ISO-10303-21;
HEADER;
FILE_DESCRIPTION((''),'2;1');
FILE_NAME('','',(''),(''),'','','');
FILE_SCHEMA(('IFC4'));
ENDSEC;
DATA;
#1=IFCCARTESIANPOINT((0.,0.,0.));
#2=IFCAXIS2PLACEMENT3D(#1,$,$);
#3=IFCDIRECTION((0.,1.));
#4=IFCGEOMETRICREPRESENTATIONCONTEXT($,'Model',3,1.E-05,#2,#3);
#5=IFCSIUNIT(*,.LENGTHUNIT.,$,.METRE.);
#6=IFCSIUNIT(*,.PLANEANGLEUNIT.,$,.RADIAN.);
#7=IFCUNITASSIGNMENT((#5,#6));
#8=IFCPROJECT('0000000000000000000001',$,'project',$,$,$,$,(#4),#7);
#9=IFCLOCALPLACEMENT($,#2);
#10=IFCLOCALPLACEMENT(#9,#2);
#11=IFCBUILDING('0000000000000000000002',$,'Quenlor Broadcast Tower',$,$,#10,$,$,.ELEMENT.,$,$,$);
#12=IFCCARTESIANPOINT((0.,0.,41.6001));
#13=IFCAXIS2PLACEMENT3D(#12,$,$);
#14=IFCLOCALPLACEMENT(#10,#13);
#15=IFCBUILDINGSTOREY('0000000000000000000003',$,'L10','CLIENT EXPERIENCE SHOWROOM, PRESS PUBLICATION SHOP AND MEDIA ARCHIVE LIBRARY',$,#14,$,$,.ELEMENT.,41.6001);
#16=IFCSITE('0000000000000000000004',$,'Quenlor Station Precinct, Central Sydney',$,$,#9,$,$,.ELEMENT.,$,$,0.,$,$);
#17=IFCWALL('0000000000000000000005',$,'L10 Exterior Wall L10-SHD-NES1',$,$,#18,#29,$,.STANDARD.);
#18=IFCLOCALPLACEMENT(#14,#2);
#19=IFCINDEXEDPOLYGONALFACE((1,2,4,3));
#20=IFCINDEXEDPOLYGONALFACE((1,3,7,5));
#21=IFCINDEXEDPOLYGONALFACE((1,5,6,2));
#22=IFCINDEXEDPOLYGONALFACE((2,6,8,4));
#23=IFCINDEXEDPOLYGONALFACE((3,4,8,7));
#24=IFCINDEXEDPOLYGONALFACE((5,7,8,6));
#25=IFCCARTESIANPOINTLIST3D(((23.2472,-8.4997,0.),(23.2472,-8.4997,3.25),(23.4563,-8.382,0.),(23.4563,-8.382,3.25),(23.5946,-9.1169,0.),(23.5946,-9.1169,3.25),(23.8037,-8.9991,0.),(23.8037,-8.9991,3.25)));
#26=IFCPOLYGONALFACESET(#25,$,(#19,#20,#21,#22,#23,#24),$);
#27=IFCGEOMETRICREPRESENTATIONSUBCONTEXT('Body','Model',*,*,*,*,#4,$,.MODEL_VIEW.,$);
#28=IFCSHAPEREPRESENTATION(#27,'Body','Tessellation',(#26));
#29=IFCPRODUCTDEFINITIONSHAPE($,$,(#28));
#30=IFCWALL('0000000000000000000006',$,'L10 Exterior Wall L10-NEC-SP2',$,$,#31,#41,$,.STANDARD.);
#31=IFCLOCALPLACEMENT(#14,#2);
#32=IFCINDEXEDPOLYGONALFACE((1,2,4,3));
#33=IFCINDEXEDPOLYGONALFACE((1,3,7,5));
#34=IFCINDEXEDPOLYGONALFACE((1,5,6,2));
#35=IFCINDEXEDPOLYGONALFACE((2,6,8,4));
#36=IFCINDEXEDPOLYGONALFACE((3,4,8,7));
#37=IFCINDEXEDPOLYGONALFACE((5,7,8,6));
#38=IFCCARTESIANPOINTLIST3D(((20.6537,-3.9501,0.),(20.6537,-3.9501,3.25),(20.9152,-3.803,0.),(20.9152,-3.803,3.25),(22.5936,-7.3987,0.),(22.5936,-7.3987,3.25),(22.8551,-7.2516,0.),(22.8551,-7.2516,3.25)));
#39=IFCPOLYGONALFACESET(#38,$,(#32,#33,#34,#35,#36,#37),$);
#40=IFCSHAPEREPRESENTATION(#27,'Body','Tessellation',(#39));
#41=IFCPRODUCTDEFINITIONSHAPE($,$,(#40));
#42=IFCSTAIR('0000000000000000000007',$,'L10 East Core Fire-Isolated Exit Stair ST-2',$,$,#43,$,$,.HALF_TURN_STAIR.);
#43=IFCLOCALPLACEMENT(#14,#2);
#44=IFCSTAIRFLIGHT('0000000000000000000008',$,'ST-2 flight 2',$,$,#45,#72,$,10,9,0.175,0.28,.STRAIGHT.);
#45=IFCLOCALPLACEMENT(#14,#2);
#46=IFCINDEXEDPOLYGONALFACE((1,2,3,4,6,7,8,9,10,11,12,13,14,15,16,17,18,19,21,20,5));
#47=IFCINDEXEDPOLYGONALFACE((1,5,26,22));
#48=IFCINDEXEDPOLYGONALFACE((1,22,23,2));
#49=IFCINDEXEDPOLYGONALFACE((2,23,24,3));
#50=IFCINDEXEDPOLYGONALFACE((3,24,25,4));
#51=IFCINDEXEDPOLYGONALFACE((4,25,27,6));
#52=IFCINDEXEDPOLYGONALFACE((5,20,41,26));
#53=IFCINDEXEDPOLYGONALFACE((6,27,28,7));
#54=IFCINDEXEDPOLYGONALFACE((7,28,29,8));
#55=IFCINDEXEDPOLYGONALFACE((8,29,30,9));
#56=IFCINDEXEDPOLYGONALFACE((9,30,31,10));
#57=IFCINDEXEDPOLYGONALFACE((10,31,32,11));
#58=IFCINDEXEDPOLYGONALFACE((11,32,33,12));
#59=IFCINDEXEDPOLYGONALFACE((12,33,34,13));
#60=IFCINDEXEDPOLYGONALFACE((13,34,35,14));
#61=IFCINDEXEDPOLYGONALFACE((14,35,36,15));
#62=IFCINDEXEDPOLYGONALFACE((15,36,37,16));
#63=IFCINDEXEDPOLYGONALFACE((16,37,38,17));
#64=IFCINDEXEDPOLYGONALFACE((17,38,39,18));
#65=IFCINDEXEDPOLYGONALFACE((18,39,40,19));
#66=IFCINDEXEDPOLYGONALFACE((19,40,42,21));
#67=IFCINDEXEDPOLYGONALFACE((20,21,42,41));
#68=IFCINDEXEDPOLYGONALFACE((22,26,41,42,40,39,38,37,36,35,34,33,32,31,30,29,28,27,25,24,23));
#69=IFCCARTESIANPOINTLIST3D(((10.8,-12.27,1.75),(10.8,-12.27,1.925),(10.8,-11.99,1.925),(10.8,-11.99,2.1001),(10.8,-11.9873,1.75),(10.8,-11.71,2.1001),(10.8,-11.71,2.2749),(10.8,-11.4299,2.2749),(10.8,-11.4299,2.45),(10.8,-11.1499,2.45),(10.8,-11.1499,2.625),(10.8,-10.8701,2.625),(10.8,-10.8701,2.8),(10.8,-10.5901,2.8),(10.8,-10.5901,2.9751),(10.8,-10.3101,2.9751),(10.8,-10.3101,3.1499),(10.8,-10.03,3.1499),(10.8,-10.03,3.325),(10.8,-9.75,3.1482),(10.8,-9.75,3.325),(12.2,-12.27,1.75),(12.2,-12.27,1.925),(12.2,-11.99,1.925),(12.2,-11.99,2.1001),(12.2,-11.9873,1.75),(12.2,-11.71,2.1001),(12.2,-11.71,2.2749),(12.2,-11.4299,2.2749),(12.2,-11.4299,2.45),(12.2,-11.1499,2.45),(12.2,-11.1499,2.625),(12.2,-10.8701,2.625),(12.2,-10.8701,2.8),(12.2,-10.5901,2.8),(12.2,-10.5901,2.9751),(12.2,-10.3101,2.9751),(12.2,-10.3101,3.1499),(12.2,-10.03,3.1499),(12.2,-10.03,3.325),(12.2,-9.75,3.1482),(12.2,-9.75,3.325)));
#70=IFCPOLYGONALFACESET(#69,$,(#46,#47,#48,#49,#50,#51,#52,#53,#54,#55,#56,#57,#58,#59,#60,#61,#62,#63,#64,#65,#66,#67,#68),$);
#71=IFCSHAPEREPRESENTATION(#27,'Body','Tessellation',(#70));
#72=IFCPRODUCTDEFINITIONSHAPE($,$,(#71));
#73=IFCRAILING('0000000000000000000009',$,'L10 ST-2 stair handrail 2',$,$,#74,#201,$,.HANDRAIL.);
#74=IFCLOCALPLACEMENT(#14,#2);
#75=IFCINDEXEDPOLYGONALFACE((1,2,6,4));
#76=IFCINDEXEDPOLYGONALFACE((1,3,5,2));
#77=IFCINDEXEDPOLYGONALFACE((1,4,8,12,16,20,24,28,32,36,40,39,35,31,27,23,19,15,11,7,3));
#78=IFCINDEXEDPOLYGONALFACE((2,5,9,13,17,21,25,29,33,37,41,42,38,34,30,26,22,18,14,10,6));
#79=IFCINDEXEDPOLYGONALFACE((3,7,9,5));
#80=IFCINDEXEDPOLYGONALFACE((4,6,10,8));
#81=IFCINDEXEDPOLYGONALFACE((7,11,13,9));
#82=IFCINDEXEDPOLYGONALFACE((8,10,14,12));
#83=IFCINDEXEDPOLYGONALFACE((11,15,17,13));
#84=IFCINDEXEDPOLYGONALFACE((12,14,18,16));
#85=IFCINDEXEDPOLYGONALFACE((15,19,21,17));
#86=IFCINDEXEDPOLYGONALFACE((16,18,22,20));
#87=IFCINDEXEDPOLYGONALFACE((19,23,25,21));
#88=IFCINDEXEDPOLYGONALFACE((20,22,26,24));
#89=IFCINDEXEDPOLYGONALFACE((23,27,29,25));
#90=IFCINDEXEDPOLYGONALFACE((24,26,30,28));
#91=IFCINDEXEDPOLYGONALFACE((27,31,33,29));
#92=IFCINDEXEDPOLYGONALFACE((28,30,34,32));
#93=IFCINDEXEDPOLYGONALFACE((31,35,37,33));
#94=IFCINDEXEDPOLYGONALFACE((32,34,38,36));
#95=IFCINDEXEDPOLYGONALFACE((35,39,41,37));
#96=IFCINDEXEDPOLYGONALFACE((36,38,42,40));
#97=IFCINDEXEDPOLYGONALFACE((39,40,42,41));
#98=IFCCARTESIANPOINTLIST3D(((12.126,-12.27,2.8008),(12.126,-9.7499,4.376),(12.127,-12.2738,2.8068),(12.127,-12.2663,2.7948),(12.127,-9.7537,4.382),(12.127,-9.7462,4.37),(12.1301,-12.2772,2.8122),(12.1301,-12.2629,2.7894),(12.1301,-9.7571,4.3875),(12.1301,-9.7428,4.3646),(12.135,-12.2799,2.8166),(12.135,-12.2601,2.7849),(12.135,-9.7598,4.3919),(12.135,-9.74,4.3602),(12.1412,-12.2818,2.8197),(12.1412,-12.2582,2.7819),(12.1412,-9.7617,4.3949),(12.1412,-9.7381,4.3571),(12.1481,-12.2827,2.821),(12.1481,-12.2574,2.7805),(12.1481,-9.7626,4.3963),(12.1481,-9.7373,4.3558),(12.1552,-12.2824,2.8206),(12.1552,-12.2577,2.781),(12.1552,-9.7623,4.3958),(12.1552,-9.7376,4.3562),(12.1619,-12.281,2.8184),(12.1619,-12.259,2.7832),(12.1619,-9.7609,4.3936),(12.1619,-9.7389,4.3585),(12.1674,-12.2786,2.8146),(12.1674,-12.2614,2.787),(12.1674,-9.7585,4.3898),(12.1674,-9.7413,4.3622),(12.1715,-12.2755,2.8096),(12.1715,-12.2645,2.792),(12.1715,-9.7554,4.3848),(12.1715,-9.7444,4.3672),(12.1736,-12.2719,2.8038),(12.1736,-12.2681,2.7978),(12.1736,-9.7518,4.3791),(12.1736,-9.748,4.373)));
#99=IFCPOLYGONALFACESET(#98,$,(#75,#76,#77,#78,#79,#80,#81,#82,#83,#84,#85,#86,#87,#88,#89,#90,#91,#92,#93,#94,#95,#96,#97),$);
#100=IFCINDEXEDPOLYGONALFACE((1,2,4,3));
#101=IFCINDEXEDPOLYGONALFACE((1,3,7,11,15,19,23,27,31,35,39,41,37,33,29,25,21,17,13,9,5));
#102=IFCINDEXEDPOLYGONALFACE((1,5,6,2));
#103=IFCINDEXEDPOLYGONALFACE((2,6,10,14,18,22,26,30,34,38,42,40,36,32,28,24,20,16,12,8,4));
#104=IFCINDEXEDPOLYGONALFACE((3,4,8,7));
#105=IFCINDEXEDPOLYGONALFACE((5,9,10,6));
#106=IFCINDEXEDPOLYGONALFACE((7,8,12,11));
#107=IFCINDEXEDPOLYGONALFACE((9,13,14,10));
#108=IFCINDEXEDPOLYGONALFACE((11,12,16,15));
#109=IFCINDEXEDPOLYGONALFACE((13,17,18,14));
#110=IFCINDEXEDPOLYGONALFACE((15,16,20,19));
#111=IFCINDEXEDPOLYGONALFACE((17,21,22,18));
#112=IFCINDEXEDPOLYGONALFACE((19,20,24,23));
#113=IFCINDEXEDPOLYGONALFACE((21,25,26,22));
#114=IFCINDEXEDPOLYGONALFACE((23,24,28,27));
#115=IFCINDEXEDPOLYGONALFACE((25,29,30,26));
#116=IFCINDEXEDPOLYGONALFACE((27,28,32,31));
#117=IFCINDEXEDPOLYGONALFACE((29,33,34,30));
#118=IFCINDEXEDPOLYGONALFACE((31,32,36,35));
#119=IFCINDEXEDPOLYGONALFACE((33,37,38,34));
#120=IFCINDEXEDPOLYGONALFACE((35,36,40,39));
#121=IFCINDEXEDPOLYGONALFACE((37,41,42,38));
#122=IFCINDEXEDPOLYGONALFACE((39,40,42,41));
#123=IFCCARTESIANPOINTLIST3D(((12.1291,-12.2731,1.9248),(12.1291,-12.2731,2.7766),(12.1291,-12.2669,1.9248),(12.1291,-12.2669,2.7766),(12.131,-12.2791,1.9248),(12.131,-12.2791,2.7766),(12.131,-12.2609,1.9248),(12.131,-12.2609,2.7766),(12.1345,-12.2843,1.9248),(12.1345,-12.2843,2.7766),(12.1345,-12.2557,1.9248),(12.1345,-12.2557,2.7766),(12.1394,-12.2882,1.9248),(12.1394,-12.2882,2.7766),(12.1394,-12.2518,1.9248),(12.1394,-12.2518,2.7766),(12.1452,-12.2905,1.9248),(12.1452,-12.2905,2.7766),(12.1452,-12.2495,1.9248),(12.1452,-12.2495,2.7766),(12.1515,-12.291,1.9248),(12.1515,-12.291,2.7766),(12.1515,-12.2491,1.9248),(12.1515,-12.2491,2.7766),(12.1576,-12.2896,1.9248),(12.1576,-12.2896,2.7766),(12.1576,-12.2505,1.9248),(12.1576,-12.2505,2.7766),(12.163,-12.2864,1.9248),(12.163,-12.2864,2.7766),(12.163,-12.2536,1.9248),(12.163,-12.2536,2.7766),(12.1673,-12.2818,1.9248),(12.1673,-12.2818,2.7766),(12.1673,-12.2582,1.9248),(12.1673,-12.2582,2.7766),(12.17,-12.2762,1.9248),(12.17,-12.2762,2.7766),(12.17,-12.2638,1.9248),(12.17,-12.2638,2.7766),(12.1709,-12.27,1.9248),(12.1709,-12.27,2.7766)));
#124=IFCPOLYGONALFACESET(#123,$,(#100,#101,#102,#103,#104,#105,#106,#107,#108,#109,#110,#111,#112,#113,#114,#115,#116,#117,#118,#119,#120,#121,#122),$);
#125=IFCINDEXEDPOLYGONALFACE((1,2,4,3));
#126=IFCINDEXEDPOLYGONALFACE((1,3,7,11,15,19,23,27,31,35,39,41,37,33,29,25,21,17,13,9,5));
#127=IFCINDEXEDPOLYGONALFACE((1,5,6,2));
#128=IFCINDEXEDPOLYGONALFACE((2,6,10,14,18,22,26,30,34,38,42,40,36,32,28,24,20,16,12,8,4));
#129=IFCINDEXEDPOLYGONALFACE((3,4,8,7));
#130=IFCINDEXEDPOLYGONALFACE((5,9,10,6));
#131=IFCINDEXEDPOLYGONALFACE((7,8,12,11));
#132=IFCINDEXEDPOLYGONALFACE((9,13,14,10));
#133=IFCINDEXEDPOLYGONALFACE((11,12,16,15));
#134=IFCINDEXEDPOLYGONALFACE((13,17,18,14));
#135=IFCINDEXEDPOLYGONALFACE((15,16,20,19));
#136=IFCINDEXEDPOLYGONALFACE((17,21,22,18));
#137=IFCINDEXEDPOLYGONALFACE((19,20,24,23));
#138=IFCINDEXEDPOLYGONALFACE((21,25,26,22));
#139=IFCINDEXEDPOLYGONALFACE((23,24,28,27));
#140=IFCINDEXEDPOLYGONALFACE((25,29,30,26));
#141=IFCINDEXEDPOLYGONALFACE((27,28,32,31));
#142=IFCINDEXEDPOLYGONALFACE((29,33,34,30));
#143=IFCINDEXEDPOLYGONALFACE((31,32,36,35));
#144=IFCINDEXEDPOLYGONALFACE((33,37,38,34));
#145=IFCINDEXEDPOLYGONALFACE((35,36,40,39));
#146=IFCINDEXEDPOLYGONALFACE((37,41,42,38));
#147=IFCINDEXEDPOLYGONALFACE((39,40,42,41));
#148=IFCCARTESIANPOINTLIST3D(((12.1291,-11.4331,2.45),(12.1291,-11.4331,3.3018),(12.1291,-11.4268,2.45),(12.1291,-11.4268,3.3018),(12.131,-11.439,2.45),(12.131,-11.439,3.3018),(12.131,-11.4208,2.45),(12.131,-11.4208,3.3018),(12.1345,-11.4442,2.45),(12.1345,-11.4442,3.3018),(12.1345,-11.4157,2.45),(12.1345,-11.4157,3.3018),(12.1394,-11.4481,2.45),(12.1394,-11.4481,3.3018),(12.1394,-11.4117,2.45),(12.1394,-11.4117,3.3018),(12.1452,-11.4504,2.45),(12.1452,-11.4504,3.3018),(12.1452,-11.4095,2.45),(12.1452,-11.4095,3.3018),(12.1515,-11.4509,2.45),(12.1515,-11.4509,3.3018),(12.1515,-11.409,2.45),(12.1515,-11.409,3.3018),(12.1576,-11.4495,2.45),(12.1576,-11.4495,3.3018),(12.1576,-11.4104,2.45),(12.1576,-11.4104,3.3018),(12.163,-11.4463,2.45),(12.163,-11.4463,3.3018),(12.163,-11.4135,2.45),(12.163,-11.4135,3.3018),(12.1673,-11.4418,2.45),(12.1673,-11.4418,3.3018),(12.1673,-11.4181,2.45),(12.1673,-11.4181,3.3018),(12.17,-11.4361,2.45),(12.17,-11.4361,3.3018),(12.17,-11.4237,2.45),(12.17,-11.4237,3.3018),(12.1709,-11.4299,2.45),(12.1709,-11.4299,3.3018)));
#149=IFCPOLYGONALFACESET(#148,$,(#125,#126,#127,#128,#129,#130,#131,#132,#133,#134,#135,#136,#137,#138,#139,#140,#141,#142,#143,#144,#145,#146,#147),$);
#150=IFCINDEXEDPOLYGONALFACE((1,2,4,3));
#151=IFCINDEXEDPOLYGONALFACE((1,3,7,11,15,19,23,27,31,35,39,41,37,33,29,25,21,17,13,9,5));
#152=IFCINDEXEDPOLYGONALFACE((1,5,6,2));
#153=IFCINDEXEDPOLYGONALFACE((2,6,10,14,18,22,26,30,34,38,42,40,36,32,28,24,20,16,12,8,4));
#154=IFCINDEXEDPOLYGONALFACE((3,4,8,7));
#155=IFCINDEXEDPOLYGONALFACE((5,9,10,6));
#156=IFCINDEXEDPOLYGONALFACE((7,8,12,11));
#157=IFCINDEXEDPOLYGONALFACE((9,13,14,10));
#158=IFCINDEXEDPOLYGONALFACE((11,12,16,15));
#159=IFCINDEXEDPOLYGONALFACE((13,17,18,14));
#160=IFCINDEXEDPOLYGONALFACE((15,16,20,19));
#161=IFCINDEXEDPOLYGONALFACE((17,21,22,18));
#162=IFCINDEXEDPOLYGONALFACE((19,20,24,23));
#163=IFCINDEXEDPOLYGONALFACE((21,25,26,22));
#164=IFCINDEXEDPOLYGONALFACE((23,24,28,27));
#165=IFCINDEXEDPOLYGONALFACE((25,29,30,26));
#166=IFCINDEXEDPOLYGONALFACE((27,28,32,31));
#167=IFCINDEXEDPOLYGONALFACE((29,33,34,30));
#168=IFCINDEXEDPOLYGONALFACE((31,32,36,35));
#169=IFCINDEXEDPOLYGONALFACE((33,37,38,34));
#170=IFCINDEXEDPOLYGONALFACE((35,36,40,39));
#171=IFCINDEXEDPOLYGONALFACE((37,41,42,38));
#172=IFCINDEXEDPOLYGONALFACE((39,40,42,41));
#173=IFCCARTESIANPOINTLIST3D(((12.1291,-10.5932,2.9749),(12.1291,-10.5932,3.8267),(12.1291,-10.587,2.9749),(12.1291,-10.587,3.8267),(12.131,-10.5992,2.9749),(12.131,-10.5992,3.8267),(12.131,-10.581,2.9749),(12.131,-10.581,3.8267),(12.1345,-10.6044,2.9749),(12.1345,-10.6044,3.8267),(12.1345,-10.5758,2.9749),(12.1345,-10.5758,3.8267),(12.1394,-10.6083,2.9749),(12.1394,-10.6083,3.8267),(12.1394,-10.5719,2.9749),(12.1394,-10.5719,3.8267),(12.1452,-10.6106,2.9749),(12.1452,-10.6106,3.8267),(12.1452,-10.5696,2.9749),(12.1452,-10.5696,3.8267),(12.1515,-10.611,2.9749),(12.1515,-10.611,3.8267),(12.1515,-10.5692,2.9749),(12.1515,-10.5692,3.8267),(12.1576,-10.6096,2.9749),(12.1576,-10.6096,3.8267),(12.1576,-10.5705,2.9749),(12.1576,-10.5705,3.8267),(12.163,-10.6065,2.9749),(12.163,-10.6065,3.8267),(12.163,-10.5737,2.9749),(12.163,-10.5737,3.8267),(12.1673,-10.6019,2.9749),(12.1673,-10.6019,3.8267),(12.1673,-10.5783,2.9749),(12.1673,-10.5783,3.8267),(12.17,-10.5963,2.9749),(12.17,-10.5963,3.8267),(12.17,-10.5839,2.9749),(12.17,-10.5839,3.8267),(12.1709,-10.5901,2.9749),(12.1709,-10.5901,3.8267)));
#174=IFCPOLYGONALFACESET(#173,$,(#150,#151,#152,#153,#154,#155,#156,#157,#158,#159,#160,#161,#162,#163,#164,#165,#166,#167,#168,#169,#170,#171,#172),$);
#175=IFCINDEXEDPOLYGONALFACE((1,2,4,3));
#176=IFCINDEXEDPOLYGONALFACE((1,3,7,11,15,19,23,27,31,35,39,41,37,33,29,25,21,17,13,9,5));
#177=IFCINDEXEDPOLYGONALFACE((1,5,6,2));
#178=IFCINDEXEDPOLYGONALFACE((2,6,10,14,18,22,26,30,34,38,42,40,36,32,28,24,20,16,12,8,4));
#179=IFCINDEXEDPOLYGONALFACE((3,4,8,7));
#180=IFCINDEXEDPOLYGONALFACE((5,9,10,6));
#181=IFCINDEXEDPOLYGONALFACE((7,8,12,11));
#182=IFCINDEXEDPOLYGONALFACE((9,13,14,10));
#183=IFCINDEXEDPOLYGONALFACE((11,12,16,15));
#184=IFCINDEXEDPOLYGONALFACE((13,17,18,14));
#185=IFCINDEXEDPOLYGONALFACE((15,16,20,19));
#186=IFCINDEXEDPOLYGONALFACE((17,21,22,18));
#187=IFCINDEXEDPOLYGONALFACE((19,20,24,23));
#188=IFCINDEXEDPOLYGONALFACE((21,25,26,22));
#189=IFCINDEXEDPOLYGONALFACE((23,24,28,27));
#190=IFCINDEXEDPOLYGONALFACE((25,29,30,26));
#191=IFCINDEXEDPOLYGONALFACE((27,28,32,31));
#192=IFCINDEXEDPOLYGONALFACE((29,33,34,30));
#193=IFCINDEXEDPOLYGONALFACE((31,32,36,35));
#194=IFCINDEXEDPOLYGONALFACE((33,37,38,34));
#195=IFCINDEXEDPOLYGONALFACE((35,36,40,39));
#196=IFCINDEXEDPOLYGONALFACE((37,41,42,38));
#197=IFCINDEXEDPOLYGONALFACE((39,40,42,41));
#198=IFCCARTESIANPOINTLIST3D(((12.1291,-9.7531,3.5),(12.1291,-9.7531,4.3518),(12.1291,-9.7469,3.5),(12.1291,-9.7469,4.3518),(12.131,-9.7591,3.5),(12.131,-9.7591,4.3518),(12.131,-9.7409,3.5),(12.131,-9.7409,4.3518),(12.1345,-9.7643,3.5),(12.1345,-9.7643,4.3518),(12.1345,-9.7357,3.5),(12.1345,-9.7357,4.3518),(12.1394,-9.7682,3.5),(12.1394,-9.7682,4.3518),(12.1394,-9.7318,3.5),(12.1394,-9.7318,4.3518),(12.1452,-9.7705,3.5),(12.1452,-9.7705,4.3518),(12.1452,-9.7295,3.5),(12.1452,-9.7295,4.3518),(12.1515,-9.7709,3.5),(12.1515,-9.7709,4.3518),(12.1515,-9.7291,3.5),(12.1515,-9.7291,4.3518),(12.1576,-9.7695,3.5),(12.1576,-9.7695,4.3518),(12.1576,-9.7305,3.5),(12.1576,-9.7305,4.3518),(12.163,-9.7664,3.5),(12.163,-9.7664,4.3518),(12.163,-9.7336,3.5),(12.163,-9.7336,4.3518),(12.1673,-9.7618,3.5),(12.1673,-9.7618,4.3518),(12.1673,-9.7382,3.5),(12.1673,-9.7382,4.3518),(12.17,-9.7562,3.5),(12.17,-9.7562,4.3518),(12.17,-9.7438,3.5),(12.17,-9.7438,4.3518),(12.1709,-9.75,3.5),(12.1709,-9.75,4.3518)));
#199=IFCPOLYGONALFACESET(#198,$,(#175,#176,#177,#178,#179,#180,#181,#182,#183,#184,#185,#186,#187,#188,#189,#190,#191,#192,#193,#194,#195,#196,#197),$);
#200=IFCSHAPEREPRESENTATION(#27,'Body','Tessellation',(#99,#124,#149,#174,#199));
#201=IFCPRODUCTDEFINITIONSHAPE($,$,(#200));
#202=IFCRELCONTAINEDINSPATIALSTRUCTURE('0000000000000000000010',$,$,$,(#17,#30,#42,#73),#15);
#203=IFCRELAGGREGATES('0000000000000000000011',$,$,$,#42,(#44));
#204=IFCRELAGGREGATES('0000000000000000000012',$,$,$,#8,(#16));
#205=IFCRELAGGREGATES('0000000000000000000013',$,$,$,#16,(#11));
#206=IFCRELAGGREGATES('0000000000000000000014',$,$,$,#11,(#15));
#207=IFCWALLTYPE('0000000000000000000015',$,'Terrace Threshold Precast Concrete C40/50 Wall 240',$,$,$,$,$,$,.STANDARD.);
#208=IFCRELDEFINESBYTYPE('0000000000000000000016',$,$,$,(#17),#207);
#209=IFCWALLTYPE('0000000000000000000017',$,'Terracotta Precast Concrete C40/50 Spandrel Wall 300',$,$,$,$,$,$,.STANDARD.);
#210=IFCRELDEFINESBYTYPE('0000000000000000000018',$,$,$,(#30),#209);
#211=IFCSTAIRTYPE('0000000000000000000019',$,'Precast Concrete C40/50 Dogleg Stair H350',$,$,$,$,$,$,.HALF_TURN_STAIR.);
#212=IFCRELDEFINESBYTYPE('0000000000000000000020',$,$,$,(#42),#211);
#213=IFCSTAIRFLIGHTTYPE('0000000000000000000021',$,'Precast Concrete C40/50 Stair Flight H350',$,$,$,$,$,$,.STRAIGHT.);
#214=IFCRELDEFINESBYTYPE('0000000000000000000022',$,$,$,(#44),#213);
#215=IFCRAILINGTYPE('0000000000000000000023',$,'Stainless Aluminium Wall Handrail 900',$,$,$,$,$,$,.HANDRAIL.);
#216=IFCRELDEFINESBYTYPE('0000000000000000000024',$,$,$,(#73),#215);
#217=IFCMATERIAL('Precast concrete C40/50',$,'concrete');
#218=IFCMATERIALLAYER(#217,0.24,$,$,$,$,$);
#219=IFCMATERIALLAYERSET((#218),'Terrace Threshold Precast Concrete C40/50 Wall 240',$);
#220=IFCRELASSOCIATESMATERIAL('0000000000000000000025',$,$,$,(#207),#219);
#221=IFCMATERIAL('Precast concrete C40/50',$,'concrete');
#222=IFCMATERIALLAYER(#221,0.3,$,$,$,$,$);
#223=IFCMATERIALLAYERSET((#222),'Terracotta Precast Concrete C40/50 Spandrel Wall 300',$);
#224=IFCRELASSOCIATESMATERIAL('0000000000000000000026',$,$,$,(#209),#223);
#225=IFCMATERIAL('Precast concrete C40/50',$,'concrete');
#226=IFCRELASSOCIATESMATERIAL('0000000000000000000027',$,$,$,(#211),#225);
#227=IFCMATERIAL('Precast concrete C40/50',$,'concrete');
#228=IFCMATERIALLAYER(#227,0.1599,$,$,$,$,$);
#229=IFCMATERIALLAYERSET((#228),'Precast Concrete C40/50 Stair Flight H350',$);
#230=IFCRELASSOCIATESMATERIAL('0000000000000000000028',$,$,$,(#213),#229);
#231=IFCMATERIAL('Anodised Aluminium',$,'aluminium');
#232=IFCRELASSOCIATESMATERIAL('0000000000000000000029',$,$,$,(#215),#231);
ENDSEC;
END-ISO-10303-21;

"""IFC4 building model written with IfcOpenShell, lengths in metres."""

from ifc_helpers import new_model, si_unit, direction, frame, frame_2d, origin, origin_2d, place, context, subcontext, project, spatial, polyline, rectangle, circle, outline, extrude, material, layer, layer_set, type_object, element, aggregate, save


model = new_model("IFC4")

# Units and contexts
model_context = context("Model", 3, precision=1e-05, world=origin(), true_north=direction((0.0, 1.0)))
body_context = subcontext(model_context, "Body", "Model", "MODEL_VIEW")
ifc_project = project(units=[si_unit("LENGTHUNIT", "METRE"), si_unit("PLANEANGLEUNIT", "RADIAN")], contexts=[model_context])

# Site, building, storey
site_placement = place(None, origin())
site = spatial("IfcSite", under=ifc_project, at=site_placement, Name="Quenlor Station Precinct, Central Sydney", CompositionType="ELEMENT", RefElevation=0.0)
building_placement = place(site_placement, origin())
building = spatial("IfcBuilding", under=site, at=building_placement, Name="Quenlor Broadcast Tower", CompositionType="ELEMENT")
storey_placement = place(building_placement, frame((0.0, 0.0, 41.6001)))
storey = spatial("IfcBuildingStorey", under=building, at=storey_placement, Name="L10", Description="CLIENT EXPERIENCE SHOWROOM, PRESS PUBLICATION SHOP AND MEDIA ARCHIVE LIBRARY", CompositionType="ELEMENT", Elevation=41.6001)

# Walls
ifc_material_1 = material(Name="Precast concrete C40/50", Category="concrete")
ifc_layer_1 = layer(ifc_material_1, 0.24)
ifc_layer_set_1 = layer_set([ifc_layer_1], Name="Terrace Threshold Precast Concrete C40/50 Wall 240")
wall_type_1 = type_object("IfcWallType", Name="Terrace Threshold Precast Concrete C40/50 Wall 240", PredefinedType="STANDARD", material=ifc_layer_set_1)
wall_1_placement = place(storey_placement, frame((23.3518, -8.4409, 0.0), z_axis=(0.0, 0.0, 1.0), x_axis=(0.490523, -0.871428, 0.0)))
element("IfcWall", 1, at=wall_1_placement, inside=storey, type_object=wall_type_1, Name="L10 Exterior Wall L10-SHD-NES1", PredefinedType="STANDARD", context=body_context, shape_type="SweptSolid", body=[
    extrude(rectangle(XDim=0.7083, YDim=0.24, at=frame_2d((0.354, 0.0))), origin(), (0.0, 0.0, 1.0), 3.25),
])
ifc_material_2 = material(Name="Precast concrete C40/50", Category="concrete")
ifc_layer_2 = layer(ifc_material_2, 0.3)
ifc_layer_set_2 = layer_set([ifc_layer_2], Name="Terracotta Precast Concrete C40/50 Spandrel Wall 300")
wall_type_2 = type_object("IfcWallType", Name="Terracotta Precast Concrete C40/50 Spandrel Wall 300", PredefinedType="STANDARD", material=ifc_layer_set_2)
wall_2_placement = place(storey_placement, frame((20.7844, -3.8765, 0.0), z_axis=(0.0, 0.0, 1.0), x_axis=(0.490267, -0.871572, 0.0)))
element("IfcWall", 2, at=wall_2_placement, inside=storey, type_object=wall_type_2, Name="L10 Exterior Wall L10-NEC-SP2", PredefinedType="STANDARD", context=body_context, shape_type="SweptSolid", body=[
    extrude(rectangle(XDim=3.9568, YDim=0.3, at=frame_2d((1.9785, 0.0))), origin(), (0.0, 0.0, 1.0), 3.25),
])

# Stair, stair flight
ifc_material_3 = material(Name="Precast concrete C40/50", Category="concrete")
stair_type = type_object("IfcStairType", Name="Precast Concrete C40/50 Dogleg Stair H350", PredefinedType="HALF_TURN_STAIR", material=ifc_material_3)
stair_placement = place(storey_placement, origin())
stair = element("IfcStair", 3, at=stair_placement, inside=storey, type_object=stair_type, Name="L10 East Core Fire-Isolated Exit Stair ST-2", PredefinedType="HALF_TURN_STAIR")
ifc_material_4 = material(Name="Precast concrete C40/50", Category="concrete")
ifc_layer_3 = layer(ifc_material_4, 0.1599)
ifc_layer_set_3 = layer_set([ifc_layer_3], Name="Precast Concrete C40/50 Stair Flight H350")
stair_flight_type = type_object("IfcStairFlightType", Name="Precast Concrete C40/50 Stair Flight H350", PredefinedType="STRAIGHT", material=ifc_layer_set_3)
stair_flight_placement = place(storey_placement, frame((11.5, -12.27, 1.75), z_axis=(0.0, 0.0, 1.0), x_axis=(0.0, 1.0, 0.0)))
stair_flight = element("IfcStairFlight", 4, at=stair_flight_placement, type_object=stair_flight_type, Name="ST-2 flight 2", NumberOfRisers=10, NumberOfTreads=9, PredefinedType="STRAIGHT", RiserHeight=0.175, TreadLength=0.28, context=body_context, shape_type="SweptSolid", body=[
    extrude(outline(polyline([(0.0, 0.0), (0.0, 0.175), (0.28, 0.175), (0.28, 0.3501), (0.5601, 0.3501), (0.5601, 0.5249), (0.8401, 0.5249), (0.8401, 0.7), (1.1201, 0.7), (1.1201, 0.875), (1.3999, 0.875), (1.3999, 1.05), (1.6799, 1.05), (1.6799, 1.2251), (1.96, 1.2251), (1.96, 1.3999), (2.24, 1.3999), (2.24, 1.575), (2.52, 1.575), (2.52, 1.75), (2.52, 1.3982), (0.2827, 0.0), (0.0, 0.0)])), frame((0.0, 0.7, 0.0), z_axis=(0.0, -1.0, 0.0), x_axis=(1.0, 0.0, 0.0)), (0.0, 0.0, 1.0), 1.3999),
])
aggregate(stair, [stair_flight])

# Railing
ifc_material_5 = material(Name="Anodised Aluminium", Category="aluminium")
railing_type_1 = type_object("IfcRailingType", Name="Stainless Aluminium Wall Handrail 900", PredefinedType="HANDRAIL", material=ifc_material_5)
railing_1_placement = place(storey_placement, frame((12.1499, -12.27, 1.9248)))
element("IfcRailing", 5, at=railing_1_placement, inside=storey, type_object=railing_type_1, Name="L10 ST-2 stair handrail 2", PredefinedType="HANDRAIL", context=body_context, shape_type="SweptSolid", body=[
    extrude(circle(Radius=0.0239, at=origin_2d()), frame((0.0, 0.0, 0.876), z_axis=(0.0, 0.847971, 0.530043), x_axis=(-1.0, 0.0, 0.0)), (0.0, 0.0, 1.0), 2.9719),
    extrude(circle(Radius=0.021, at=origin_2d()), origin(), (0.0, 0.0, 1.0), 0.8518),
    extrude(circle(Radius=0.021, at=origin_2d()), frame((0.0, 0.8401, 0.5251)), (0.0, 0.0, 1.0), 0.8518),
    extrude(circle(Radius=0.021, at=origin_2d()), frame((0.0, 1.6799, 1.05)), (0.0, 0.0, 1.0), 0.8518),
    extrude(circle(Radius=0.021, at=origin_2d()), frame((0.0, 2.52, 1.5752)), (0.0, 0.0, 1.0), 0.8518),
])

save(model, "model.ifc")
